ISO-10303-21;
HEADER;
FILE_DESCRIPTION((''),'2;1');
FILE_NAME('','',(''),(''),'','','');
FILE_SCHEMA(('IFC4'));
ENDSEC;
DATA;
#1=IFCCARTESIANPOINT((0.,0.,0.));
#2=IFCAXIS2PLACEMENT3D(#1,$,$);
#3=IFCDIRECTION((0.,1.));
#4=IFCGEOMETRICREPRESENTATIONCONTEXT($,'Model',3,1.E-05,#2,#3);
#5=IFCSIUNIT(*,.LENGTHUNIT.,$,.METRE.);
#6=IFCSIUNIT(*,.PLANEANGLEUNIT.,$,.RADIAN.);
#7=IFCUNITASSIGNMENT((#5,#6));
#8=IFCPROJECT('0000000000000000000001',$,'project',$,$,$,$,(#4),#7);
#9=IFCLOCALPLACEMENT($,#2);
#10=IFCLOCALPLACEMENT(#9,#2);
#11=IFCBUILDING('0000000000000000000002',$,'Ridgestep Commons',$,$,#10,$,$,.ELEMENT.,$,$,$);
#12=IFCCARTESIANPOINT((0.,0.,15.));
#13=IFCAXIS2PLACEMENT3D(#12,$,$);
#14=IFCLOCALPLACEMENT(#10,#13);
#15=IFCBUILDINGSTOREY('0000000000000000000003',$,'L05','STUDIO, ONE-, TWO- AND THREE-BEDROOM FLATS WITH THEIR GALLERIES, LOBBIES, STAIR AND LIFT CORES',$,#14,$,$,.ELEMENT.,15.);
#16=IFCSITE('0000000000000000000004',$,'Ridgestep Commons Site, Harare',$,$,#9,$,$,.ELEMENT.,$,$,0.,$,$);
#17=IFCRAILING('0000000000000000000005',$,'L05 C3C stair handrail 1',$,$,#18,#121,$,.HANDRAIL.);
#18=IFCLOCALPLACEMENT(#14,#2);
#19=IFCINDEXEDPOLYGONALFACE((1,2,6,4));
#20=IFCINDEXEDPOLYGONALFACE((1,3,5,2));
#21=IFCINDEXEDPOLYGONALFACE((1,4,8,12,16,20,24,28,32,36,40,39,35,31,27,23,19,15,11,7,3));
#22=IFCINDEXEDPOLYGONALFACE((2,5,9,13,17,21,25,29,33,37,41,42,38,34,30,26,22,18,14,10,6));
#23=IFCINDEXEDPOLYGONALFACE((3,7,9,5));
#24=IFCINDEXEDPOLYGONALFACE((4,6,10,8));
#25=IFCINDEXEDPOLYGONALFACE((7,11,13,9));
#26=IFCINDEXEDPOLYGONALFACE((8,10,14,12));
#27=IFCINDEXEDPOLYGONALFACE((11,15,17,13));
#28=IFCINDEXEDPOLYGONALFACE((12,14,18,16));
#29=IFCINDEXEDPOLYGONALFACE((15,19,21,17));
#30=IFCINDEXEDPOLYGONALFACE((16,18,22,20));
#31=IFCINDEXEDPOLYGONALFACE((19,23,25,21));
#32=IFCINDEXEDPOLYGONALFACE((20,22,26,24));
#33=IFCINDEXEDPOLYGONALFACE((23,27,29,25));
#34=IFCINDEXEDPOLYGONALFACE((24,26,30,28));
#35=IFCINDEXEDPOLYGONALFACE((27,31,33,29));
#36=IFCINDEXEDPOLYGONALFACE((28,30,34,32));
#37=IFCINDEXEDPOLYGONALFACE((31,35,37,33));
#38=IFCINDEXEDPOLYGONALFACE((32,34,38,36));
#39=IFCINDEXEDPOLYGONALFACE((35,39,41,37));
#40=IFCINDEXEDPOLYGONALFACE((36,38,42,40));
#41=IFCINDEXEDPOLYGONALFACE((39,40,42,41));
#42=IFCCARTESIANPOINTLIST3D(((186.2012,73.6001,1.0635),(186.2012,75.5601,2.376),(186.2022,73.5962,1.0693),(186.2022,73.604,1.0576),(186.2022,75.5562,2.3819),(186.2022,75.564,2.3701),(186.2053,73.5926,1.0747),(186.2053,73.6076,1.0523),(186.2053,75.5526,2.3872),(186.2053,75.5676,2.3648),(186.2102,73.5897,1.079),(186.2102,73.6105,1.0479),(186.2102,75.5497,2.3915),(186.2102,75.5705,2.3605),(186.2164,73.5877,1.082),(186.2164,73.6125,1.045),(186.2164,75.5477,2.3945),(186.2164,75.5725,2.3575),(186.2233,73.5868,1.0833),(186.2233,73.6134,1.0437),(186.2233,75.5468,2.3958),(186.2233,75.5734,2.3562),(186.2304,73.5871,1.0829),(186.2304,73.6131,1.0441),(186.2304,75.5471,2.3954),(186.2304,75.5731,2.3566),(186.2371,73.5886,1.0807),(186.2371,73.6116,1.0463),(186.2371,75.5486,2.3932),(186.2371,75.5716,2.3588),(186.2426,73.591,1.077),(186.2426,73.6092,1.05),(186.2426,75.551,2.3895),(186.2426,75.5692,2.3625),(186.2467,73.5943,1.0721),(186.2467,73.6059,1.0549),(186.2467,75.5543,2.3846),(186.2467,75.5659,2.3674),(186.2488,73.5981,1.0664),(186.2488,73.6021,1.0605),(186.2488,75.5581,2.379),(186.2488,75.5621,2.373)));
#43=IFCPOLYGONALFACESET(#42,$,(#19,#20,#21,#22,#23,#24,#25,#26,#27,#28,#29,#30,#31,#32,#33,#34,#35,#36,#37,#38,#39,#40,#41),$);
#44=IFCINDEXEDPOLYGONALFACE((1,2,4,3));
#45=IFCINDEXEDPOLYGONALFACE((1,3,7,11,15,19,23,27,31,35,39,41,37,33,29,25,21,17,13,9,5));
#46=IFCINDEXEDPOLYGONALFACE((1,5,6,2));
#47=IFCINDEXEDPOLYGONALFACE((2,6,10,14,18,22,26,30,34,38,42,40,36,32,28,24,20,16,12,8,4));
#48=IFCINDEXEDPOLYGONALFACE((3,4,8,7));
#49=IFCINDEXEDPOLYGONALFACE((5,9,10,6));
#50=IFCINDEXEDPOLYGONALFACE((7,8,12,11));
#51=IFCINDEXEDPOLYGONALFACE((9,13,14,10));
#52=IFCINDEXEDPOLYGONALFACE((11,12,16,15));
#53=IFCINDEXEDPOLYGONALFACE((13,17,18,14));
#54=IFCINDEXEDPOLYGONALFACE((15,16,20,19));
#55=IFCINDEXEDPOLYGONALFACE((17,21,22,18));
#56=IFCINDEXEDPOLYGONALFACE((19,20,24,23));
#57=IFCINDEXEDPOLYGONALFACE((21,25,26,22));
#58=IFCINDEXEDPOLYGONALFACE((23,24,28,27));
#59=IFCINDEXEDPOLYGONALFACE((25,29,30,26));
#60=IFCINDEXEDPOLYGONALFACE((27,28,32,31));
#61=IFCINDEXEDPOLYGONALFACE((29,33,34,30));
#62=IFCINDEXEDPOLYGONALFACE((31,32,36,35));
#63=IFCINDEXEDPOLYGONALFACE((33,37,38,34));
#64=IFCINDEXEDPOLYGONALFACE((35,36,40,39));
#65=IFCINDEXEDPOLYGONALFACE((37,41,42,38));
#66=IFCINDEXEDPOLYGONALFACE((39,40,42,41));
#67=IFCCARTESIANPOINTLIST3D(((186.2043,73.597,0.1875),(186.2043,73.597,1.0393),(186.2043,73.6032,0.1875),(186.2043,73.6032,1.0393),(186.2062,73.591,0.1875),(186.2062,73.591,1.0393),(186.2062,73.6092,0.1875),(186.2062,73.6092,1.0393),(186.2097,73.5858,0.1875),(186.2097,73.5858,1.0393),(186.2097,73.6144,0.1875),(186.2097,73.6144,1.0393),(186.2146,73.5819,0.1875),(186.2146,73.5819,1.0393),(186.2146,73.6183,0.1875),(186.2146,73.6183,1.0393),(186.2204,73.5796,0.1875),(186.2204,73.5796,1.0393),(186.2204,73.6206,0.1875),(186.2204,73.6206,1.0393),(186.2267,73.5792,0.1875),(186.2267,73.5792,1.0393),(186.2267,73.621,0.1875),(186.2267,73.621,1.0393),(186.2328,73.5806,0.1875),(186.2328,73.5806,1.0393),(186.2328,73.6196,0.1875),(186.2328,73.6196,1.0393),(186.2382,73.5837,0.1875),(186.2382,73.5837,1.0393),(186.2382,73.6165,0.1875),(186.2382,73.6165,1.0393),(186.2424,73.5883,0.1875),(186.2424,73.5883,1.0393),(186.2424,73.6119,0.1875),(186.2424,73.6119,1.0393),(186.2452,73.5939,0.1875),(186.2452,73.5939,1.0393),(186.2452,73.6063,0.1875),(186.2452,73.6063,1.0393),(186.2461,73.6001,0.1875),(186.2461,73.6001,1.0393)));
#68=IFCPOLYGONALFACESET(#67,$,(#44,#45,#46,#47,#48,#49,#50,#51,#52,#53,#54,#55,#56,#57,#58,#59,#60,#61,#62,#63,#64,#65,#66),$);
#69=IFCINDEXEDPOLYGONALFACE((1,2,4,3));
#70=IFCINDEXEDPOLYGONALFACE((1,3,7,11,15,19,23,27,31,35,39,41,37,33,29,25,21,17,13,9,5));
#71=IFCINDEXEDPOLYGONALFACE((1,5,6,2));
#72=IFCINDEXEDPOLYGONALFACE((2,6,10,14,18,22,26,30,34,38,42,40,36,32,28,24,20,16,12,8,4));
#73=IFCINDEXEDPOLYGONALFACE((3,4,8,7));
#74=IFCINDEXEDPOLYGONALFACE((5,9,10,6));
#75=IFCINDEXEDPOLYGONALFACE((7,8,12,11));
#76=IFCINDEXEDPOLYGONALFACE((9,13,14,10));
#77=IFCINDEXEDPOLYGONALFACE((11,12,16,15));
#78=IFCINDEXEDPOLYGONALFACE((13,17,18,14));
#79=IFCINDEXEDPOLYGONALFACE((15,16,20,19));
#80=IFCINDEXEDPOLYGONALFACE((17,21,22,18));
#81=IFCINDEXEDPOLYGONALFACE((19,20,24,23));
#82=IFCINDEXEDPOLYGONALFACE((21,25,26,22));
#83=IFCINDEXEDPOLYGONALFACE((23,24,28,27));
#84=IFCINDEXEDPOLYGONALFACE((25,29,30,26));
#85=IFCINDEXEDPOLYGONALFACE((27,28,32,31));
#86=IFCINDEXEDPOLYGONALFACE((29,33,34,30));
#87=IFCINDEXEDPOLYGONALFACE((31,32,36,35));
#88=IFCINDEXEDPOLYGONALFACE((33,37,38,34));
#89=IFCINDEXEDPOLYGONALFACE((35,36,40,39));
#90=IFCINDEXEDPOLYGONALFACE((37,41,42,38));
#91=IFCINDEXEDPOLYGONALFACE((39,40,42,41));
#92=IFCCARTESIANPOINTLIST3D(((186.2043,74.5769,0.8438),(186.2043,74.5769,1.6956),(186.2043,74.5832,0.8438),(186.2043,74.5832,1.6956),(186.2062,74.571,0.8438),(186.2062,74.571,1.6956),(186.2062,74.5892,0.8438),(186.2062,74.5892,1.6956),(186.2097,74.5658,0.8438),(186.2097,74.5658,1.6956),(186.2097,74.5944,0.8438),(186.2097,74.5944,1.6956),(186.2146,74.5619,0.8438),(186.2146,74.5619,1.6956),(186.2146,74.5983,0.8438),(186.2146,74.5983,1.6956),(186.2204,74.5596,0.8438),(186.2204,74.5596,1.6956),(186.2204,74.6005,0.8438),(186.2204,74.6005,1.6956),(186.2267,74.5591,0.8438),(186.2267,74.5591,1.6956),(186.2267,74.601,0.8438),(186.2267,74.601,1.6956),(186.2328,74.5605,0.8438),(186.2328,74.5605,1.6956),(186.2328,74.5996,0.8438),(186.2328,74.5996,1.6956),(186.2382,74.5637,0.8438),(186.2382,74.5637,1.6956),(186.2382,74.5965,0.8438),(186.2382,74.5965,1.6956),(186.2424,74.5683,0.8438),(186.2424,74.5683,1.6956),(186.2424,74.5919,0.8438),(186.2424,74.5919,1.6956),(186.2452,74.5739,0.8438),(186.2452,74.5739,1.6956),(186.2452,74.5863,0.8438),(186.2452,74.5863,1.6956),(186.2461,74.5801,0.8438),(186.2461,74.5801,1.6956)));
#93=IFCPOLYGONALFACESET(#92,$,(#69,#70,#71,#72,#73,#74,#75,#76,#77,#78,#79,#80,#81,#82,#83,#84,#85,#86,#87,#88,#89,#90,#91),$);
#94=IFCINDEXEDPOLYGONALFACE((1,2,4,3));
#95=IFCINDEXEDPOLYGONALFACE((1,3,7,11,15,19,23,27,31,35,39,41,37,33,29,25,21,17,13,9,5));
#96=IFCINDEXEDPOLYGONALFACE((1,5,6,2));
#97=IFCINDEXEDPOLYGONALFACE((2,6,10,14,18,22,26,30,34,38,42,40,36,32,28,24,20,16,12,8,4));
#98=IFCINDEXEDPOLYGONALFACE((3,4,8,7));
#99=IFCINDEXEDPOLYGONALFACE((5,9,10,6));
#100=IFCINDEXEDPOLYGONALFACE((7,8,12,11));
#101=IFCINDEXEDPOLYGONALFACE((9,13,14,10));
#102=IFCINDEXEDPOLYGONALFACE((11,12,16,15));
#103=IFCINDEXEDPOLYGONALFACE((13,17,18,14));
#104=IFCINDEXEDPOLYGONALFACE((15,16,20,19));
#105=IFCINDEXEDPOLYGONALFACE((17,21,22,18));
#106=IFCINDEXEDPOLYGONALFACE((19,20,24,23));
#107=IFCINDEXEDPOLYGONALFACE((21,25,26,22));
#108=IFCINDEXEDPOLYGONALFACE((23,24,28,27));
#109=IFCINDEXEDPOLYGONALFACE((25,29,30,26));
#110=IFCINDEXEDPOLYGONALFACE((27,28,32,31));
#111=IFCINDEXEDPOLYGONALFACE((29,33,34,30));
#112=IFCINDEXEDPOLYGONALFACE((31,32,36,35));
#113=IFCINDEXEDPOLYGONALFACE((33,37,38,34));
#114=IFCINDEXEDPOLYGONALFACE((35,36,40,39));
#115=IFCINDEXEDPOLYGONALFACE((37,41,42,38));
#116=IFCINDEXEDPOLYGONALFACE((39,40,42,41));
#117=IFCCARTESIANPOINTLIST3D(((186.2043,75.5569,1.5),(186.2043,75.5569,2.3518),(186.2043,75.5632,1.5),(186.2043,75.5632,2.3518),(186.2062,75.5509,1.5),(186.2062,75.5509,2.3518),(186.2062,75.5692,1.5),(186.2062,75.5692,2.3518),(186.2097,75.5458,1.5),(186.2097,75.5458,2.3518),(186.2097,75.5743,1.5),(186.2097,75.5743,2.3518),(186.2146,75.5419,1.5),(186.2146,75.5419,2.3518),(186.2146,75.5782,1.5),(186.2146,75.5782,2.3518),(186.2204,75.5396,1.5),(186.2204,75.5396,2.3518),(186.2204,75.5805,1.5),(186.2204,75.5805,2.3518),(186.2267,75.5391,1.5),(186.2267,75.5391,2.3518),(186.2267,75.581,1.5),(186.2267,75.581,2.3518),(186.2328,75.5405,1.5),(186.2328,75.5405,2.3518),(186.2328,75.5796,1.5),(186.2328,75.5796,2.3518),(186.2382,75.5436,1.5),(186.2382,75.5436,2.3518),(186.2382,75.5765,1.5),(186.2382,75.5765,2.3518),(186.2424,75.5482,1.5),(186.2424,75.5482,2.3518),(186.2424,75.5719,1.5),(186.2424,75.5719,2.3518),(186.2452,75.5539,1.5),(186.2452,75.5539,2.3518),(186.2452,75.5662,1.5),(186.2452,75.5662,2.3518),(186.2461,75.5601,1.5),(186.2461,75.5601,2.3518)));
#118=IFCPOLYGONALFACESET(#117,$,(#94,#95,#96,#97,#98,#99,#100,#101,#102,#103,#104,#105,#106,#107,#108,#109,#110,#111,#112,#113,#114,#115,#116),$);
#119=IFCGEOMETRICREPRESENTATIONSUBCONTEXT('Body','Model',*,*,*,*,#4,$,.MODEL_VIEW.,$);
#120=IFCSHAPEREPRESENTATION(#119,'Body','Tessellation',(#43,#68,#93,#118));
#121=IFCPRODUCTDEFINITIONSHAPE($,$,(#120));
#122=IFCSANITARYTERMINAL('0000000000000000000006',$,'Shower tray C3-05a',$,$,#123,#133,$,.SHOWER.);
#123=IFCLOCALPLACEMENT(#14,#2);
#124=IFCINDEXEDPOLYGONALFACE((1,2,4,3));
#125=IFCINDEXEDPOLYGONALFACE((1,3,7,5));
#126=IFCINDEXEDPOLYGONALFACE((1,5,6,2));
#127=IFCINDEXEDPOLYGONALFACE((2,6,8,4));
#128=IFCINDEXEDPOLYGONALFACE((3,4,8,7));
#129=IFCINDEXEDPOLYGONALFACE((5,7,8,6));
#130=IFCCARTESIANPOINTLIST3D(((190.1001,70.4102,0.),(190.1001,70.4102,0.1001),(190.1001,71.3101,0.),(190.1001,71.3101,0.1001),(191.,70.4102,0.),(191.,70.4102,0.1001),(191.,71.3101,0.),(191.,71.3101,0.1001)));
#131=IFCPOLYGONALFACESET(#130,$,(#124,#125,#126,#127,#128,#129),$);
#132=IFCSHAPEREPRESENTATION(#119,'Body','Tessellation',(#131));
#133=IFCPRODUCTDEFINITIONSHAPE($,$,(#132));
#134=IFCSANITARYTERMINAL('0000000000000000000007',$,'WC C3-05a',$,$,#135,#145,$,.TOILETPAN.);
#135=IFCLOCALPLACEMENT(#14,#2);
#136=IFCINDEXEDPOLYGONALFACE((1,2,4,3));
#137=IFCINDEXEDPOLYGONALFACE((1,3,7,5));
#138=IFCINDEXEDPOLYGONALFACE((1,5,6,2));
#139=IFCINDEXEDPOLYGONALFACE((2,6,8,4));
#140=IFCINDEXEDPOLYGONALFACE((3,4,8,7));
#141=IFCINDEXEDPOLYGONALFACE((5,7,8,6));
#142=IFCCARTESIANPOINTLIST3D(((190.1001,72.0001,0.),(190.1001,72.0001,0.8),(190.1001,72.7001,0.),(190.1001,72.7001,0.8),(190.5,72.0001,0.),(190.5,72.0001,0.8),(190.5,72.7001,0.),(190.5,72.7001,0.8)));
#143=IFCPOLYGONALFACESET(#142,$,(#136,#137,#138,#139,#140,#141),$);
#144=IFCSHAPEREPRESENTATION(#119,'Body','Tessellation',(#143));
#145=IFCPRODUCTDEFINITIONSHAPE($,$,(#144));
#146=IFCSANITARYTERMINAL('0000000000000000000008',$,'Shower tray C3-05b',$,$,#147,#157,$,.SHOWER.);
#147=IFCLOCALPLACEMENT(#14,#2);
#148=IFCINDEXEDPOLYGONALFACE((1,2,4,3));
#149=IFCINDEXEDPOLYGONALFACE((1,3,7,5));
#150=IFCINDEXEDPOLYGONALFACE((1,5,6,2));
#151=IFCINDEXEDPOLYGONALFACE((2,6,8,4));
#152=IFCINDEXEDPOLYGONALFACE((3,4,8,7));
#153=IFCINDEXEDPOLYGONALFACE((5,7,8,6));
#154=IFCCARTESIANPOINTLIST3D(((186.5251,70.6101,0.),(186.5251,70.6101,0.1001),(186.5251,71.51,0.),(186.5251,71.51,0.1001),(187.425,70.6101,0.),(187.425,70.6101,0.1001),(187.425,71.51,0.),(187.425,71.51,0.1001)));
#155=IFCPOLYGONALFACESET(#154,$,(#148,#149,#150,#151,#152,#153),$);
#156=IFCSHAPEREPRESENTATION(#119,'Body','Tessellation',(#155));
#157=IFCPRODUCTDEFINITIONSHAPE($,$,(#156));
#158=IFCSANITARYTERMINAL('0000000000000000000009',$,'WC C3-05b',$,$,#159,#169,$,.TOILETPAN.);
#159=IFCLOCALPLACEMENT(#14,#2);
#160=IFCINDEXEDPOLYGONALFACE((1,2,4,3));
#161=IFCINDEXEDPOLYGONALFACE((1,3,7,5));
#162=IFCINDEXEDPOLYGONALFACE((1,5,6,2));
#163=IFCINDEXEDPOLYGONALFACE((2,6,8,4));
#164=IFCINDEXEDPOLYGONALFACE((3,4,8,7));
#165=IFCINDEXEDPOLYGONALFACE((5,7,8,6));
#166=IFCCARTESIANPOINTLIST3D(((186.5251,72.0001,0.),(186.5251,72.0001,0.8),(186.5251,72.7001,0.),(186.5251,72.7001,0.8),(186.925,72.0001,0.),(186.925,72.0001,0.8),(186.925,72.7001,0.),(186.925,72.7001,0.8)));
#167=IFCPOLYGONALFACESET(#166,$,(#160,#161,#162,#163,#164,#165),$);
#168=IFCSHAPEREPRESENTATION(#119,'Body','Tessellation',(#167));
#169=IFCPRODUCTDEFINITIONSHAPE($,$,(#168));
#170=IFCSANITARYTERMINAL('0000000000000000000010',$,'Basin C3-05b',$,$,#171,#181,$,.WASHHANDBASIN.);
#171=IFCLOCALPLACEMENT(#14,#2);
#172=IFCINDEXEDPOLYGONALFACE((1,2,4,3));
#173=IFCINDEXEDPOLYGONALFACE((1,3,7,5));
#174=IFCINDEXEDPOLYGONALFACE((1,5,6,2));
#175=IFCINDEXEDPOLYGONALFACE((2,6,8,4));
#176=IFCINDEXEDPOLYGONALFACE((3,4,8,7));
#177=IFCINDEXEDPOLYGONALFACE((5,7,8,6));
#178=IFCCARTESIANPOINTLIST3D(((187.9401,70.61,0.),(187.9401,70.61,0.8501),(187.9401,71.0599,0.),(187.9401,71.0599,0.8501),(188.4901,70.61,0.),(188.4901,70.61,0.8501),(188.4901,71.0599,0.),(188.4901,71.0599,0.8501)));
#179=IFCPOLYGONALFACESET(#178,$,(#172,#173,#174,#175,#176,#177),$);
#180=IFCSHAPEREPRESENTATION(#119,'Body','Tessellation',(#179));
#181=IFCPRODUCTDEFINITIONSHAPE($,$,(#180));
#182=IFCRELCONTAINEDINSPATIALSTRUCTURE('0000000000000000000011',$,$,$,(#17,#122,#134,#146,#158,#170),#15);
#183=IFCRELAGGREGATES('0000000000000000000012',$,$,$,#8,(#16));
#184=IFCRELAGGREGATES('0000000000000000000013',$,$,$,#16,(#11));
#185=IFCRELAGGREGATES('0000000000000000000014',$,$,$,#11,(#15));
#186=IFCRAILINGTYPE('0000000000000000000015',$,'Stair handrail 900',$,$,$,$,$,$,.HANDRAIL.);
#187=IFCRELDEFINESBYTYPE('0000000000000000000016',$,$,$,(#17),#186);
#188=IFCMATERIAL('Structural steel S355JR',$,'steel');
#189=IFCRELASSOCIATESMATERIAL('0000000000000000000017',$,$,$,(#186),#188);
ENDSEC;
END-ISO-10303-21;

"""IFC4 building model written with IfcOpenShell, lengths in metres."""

from ifc_helpers import new_model, si_unit, direction, frame, origin, origin_2d, place, context, subcontext, project, spatial, rectangle, circle, extrude, material, type_object, element, save


model = new_model("IFC4")

# Units and contexts
model_context = context("Model", 3, precision=1e-05, world=origin(), true_north=direction((0.0, 1.0)))
body_context = subcontext(model_context, "Body", "Model", "MODEL_VIEW")
ifc_project = project(units=[si_unit("LENGTHUNIT", "METRE"), si_unit("PLANEANGLEUNIT", "RADIAN")], contexts=[model_context])

# Site, building, storey
site_placement = place(None, origin())
site = spatial("IfcSite", under=ifc_project, at=site_placement, Name="Ridgestep Commons Site, Harare", CompositionType="ELEMENT", RefElevation=0.0)
building_placement = place(site_placement, origin())
building = spatial("IfcBuilding", under=site, at=building_placement, Name="Ridgestep Commons", CompositionType="ELEMENT")
storey_placement = place(building_placement, frame((0.0, 0.0, 15.0)))
storey = spatial("IfcBuildingStorey", under=building, at=storey_placement, Name="L05", Description="STUDIO, ONE-, TWO- AND THREE-BEDROOM FLATS WITH THEIR GALLERIES, LOBBIES, STAIR AND LIFT CORES", CompositionType="ELEMENT", Elevation=15.0)

# Railing
ifc_material_1 = material(Name="Structural steel S355JR", Category="steel")
railing_type_1 = type_object("IfcRailingType", Name="Stair handrail 900", PredefinedType="HANDRAIL", material=ifc_material_1)
railing_1_placement = place(storey_placement, frame((186.2251, 73.6001, 0.1875)))
element("IfcRailing", 1, at=railing_1_placement, inside=storey, type_object=railing_type_1, Name="L05 C3C stair handrail 1", PredefinedType="HANDRAIL", context=body_context, shape_type="SweptSolid", body=[
    extrude(circle(Radius=0.0239, at=origin_2d()), frame((0.0, 0.0, 0.876), z_axis=(0.0, 0.830902, 0.556419), x_axis=(-1.0, 0.0, 0.0)), (0.0, 0.0, 1.0), 2.3589),
    extrude(circle(Radius=0.021, at=origin_2d()), origin(), (0.0, 0.0, 1.0), 0.8518),
    extrude(circle(Radius=0.021, at=origin_2d()), frame((0.0, 0.98, 0.6562)), (0.0, 0.0, 1.0), 0.8518),
    extrude(circle(Radius=0.021, at=origin_2d()), frame((0.0, 1.96, 1.3125)), (0.0, 0.0, 1.0), 0.8518),
])

# Sanitary terminals
sanitary_terminal_1_placement = place(storey_placement, frame((190.55, 70.8601, 0.0), z_axis=(0.0, 0.0, 1.0), x_axis=(1.0, 0.0, 0.0)))
element("IfcSanitaryTerminal", 2, at=sanitary_terminal_1_placement, inside=storey, Name="Shower tray C3-05a", PredefinedType="SHOWER", context=body_context, shape_type="SweptSolid", body=[
    extrude(rectangle(XDim=0.8999, YDim=0.8999, at=origin_2d()), origin(), (0.0, 0.0, 1.0), 0.1001),
])
sanitary_terminal_2_placement = place(storey_placement, frame((190.3, 72.3501, 0.0), z_axis=(0.0, 0.0, 1.0), x_axis=(1.0, 0.0, 0.0)))
element("IfcSanitaryTerminal", 3, at=sanitary_terminal_2_placement, inside=storey, Name="WC C3-05a", PredefinedType="TOILETPAN", context=body_context, shape_type="SweptSolid", body=[
    extrude(rectangle(XDim=0.3999, YDim=0.7, at=origin_2d()), origin(), (0.0, 0.0, 1.0), 0.8),
])
sanitary_terminal_3_placement = place(storey_placement, frame((186.9751, 71.0601, 0.0), z_axis=(0.0, 0.0, 1.0), x_axis=(1.0, 0.0, 0.0)))
element("IfcSanitaryTerminal", 4, at=sanitary_terminal_3_placement, inside=storey, Name="Shower tray C3-05b", PredefinedType="SHOWER", context=body_context, shape_type="SweptSolid", body=[
    extrude(rectangle(XDim=0.8999, YDim=0.8999, at=origin_2d()), origin(), (0.0, 0.0, 1.0), 0.1001),
])
sanitary_terminal_4_placement = place(storey_placement, frame((186.7251, 72.3501, 0.0), z_axis=(0.0, 0.0, 1.0), x_axis=(1.0, 0.0, 0.0)))
element("IfcSanitaryTerminal", 5, at=sanitary_terminal_4_placement, inside=storey, Name="WC C3-05b", PredefinedType="TOILETPAN", context=body_context, shape_type="SweptSolid", body=[
    extrude(rectangle(XDim=0.3999, YDim=0.7, at=origin_2d()), origin(), (0.0, 0.0, 1.0), 0.8),
])
sanitary_terminal_5_placement = place(storey_placement, frame((188.2151, 70.835, 0.0), z_axis=(0.0, 0.0, 1.0), x_axis=(1.0, 0.0, 0.0)))
element("IfcSanitaryTerminal", 6, at=sanitary_terminal_5_placement, inside=storey, Name="Basin C3-05b", PredefinedType="WASHHANDBASIN", context=body_context, shape_type="SweptSolid", body=[
    extrude(rectangle(XDim=0.55, YDim=0.45, at=origin_2d()), origin(), (0.0, 0.0, 1.0), 0.8501),
])

save(model, "model.ifc")
